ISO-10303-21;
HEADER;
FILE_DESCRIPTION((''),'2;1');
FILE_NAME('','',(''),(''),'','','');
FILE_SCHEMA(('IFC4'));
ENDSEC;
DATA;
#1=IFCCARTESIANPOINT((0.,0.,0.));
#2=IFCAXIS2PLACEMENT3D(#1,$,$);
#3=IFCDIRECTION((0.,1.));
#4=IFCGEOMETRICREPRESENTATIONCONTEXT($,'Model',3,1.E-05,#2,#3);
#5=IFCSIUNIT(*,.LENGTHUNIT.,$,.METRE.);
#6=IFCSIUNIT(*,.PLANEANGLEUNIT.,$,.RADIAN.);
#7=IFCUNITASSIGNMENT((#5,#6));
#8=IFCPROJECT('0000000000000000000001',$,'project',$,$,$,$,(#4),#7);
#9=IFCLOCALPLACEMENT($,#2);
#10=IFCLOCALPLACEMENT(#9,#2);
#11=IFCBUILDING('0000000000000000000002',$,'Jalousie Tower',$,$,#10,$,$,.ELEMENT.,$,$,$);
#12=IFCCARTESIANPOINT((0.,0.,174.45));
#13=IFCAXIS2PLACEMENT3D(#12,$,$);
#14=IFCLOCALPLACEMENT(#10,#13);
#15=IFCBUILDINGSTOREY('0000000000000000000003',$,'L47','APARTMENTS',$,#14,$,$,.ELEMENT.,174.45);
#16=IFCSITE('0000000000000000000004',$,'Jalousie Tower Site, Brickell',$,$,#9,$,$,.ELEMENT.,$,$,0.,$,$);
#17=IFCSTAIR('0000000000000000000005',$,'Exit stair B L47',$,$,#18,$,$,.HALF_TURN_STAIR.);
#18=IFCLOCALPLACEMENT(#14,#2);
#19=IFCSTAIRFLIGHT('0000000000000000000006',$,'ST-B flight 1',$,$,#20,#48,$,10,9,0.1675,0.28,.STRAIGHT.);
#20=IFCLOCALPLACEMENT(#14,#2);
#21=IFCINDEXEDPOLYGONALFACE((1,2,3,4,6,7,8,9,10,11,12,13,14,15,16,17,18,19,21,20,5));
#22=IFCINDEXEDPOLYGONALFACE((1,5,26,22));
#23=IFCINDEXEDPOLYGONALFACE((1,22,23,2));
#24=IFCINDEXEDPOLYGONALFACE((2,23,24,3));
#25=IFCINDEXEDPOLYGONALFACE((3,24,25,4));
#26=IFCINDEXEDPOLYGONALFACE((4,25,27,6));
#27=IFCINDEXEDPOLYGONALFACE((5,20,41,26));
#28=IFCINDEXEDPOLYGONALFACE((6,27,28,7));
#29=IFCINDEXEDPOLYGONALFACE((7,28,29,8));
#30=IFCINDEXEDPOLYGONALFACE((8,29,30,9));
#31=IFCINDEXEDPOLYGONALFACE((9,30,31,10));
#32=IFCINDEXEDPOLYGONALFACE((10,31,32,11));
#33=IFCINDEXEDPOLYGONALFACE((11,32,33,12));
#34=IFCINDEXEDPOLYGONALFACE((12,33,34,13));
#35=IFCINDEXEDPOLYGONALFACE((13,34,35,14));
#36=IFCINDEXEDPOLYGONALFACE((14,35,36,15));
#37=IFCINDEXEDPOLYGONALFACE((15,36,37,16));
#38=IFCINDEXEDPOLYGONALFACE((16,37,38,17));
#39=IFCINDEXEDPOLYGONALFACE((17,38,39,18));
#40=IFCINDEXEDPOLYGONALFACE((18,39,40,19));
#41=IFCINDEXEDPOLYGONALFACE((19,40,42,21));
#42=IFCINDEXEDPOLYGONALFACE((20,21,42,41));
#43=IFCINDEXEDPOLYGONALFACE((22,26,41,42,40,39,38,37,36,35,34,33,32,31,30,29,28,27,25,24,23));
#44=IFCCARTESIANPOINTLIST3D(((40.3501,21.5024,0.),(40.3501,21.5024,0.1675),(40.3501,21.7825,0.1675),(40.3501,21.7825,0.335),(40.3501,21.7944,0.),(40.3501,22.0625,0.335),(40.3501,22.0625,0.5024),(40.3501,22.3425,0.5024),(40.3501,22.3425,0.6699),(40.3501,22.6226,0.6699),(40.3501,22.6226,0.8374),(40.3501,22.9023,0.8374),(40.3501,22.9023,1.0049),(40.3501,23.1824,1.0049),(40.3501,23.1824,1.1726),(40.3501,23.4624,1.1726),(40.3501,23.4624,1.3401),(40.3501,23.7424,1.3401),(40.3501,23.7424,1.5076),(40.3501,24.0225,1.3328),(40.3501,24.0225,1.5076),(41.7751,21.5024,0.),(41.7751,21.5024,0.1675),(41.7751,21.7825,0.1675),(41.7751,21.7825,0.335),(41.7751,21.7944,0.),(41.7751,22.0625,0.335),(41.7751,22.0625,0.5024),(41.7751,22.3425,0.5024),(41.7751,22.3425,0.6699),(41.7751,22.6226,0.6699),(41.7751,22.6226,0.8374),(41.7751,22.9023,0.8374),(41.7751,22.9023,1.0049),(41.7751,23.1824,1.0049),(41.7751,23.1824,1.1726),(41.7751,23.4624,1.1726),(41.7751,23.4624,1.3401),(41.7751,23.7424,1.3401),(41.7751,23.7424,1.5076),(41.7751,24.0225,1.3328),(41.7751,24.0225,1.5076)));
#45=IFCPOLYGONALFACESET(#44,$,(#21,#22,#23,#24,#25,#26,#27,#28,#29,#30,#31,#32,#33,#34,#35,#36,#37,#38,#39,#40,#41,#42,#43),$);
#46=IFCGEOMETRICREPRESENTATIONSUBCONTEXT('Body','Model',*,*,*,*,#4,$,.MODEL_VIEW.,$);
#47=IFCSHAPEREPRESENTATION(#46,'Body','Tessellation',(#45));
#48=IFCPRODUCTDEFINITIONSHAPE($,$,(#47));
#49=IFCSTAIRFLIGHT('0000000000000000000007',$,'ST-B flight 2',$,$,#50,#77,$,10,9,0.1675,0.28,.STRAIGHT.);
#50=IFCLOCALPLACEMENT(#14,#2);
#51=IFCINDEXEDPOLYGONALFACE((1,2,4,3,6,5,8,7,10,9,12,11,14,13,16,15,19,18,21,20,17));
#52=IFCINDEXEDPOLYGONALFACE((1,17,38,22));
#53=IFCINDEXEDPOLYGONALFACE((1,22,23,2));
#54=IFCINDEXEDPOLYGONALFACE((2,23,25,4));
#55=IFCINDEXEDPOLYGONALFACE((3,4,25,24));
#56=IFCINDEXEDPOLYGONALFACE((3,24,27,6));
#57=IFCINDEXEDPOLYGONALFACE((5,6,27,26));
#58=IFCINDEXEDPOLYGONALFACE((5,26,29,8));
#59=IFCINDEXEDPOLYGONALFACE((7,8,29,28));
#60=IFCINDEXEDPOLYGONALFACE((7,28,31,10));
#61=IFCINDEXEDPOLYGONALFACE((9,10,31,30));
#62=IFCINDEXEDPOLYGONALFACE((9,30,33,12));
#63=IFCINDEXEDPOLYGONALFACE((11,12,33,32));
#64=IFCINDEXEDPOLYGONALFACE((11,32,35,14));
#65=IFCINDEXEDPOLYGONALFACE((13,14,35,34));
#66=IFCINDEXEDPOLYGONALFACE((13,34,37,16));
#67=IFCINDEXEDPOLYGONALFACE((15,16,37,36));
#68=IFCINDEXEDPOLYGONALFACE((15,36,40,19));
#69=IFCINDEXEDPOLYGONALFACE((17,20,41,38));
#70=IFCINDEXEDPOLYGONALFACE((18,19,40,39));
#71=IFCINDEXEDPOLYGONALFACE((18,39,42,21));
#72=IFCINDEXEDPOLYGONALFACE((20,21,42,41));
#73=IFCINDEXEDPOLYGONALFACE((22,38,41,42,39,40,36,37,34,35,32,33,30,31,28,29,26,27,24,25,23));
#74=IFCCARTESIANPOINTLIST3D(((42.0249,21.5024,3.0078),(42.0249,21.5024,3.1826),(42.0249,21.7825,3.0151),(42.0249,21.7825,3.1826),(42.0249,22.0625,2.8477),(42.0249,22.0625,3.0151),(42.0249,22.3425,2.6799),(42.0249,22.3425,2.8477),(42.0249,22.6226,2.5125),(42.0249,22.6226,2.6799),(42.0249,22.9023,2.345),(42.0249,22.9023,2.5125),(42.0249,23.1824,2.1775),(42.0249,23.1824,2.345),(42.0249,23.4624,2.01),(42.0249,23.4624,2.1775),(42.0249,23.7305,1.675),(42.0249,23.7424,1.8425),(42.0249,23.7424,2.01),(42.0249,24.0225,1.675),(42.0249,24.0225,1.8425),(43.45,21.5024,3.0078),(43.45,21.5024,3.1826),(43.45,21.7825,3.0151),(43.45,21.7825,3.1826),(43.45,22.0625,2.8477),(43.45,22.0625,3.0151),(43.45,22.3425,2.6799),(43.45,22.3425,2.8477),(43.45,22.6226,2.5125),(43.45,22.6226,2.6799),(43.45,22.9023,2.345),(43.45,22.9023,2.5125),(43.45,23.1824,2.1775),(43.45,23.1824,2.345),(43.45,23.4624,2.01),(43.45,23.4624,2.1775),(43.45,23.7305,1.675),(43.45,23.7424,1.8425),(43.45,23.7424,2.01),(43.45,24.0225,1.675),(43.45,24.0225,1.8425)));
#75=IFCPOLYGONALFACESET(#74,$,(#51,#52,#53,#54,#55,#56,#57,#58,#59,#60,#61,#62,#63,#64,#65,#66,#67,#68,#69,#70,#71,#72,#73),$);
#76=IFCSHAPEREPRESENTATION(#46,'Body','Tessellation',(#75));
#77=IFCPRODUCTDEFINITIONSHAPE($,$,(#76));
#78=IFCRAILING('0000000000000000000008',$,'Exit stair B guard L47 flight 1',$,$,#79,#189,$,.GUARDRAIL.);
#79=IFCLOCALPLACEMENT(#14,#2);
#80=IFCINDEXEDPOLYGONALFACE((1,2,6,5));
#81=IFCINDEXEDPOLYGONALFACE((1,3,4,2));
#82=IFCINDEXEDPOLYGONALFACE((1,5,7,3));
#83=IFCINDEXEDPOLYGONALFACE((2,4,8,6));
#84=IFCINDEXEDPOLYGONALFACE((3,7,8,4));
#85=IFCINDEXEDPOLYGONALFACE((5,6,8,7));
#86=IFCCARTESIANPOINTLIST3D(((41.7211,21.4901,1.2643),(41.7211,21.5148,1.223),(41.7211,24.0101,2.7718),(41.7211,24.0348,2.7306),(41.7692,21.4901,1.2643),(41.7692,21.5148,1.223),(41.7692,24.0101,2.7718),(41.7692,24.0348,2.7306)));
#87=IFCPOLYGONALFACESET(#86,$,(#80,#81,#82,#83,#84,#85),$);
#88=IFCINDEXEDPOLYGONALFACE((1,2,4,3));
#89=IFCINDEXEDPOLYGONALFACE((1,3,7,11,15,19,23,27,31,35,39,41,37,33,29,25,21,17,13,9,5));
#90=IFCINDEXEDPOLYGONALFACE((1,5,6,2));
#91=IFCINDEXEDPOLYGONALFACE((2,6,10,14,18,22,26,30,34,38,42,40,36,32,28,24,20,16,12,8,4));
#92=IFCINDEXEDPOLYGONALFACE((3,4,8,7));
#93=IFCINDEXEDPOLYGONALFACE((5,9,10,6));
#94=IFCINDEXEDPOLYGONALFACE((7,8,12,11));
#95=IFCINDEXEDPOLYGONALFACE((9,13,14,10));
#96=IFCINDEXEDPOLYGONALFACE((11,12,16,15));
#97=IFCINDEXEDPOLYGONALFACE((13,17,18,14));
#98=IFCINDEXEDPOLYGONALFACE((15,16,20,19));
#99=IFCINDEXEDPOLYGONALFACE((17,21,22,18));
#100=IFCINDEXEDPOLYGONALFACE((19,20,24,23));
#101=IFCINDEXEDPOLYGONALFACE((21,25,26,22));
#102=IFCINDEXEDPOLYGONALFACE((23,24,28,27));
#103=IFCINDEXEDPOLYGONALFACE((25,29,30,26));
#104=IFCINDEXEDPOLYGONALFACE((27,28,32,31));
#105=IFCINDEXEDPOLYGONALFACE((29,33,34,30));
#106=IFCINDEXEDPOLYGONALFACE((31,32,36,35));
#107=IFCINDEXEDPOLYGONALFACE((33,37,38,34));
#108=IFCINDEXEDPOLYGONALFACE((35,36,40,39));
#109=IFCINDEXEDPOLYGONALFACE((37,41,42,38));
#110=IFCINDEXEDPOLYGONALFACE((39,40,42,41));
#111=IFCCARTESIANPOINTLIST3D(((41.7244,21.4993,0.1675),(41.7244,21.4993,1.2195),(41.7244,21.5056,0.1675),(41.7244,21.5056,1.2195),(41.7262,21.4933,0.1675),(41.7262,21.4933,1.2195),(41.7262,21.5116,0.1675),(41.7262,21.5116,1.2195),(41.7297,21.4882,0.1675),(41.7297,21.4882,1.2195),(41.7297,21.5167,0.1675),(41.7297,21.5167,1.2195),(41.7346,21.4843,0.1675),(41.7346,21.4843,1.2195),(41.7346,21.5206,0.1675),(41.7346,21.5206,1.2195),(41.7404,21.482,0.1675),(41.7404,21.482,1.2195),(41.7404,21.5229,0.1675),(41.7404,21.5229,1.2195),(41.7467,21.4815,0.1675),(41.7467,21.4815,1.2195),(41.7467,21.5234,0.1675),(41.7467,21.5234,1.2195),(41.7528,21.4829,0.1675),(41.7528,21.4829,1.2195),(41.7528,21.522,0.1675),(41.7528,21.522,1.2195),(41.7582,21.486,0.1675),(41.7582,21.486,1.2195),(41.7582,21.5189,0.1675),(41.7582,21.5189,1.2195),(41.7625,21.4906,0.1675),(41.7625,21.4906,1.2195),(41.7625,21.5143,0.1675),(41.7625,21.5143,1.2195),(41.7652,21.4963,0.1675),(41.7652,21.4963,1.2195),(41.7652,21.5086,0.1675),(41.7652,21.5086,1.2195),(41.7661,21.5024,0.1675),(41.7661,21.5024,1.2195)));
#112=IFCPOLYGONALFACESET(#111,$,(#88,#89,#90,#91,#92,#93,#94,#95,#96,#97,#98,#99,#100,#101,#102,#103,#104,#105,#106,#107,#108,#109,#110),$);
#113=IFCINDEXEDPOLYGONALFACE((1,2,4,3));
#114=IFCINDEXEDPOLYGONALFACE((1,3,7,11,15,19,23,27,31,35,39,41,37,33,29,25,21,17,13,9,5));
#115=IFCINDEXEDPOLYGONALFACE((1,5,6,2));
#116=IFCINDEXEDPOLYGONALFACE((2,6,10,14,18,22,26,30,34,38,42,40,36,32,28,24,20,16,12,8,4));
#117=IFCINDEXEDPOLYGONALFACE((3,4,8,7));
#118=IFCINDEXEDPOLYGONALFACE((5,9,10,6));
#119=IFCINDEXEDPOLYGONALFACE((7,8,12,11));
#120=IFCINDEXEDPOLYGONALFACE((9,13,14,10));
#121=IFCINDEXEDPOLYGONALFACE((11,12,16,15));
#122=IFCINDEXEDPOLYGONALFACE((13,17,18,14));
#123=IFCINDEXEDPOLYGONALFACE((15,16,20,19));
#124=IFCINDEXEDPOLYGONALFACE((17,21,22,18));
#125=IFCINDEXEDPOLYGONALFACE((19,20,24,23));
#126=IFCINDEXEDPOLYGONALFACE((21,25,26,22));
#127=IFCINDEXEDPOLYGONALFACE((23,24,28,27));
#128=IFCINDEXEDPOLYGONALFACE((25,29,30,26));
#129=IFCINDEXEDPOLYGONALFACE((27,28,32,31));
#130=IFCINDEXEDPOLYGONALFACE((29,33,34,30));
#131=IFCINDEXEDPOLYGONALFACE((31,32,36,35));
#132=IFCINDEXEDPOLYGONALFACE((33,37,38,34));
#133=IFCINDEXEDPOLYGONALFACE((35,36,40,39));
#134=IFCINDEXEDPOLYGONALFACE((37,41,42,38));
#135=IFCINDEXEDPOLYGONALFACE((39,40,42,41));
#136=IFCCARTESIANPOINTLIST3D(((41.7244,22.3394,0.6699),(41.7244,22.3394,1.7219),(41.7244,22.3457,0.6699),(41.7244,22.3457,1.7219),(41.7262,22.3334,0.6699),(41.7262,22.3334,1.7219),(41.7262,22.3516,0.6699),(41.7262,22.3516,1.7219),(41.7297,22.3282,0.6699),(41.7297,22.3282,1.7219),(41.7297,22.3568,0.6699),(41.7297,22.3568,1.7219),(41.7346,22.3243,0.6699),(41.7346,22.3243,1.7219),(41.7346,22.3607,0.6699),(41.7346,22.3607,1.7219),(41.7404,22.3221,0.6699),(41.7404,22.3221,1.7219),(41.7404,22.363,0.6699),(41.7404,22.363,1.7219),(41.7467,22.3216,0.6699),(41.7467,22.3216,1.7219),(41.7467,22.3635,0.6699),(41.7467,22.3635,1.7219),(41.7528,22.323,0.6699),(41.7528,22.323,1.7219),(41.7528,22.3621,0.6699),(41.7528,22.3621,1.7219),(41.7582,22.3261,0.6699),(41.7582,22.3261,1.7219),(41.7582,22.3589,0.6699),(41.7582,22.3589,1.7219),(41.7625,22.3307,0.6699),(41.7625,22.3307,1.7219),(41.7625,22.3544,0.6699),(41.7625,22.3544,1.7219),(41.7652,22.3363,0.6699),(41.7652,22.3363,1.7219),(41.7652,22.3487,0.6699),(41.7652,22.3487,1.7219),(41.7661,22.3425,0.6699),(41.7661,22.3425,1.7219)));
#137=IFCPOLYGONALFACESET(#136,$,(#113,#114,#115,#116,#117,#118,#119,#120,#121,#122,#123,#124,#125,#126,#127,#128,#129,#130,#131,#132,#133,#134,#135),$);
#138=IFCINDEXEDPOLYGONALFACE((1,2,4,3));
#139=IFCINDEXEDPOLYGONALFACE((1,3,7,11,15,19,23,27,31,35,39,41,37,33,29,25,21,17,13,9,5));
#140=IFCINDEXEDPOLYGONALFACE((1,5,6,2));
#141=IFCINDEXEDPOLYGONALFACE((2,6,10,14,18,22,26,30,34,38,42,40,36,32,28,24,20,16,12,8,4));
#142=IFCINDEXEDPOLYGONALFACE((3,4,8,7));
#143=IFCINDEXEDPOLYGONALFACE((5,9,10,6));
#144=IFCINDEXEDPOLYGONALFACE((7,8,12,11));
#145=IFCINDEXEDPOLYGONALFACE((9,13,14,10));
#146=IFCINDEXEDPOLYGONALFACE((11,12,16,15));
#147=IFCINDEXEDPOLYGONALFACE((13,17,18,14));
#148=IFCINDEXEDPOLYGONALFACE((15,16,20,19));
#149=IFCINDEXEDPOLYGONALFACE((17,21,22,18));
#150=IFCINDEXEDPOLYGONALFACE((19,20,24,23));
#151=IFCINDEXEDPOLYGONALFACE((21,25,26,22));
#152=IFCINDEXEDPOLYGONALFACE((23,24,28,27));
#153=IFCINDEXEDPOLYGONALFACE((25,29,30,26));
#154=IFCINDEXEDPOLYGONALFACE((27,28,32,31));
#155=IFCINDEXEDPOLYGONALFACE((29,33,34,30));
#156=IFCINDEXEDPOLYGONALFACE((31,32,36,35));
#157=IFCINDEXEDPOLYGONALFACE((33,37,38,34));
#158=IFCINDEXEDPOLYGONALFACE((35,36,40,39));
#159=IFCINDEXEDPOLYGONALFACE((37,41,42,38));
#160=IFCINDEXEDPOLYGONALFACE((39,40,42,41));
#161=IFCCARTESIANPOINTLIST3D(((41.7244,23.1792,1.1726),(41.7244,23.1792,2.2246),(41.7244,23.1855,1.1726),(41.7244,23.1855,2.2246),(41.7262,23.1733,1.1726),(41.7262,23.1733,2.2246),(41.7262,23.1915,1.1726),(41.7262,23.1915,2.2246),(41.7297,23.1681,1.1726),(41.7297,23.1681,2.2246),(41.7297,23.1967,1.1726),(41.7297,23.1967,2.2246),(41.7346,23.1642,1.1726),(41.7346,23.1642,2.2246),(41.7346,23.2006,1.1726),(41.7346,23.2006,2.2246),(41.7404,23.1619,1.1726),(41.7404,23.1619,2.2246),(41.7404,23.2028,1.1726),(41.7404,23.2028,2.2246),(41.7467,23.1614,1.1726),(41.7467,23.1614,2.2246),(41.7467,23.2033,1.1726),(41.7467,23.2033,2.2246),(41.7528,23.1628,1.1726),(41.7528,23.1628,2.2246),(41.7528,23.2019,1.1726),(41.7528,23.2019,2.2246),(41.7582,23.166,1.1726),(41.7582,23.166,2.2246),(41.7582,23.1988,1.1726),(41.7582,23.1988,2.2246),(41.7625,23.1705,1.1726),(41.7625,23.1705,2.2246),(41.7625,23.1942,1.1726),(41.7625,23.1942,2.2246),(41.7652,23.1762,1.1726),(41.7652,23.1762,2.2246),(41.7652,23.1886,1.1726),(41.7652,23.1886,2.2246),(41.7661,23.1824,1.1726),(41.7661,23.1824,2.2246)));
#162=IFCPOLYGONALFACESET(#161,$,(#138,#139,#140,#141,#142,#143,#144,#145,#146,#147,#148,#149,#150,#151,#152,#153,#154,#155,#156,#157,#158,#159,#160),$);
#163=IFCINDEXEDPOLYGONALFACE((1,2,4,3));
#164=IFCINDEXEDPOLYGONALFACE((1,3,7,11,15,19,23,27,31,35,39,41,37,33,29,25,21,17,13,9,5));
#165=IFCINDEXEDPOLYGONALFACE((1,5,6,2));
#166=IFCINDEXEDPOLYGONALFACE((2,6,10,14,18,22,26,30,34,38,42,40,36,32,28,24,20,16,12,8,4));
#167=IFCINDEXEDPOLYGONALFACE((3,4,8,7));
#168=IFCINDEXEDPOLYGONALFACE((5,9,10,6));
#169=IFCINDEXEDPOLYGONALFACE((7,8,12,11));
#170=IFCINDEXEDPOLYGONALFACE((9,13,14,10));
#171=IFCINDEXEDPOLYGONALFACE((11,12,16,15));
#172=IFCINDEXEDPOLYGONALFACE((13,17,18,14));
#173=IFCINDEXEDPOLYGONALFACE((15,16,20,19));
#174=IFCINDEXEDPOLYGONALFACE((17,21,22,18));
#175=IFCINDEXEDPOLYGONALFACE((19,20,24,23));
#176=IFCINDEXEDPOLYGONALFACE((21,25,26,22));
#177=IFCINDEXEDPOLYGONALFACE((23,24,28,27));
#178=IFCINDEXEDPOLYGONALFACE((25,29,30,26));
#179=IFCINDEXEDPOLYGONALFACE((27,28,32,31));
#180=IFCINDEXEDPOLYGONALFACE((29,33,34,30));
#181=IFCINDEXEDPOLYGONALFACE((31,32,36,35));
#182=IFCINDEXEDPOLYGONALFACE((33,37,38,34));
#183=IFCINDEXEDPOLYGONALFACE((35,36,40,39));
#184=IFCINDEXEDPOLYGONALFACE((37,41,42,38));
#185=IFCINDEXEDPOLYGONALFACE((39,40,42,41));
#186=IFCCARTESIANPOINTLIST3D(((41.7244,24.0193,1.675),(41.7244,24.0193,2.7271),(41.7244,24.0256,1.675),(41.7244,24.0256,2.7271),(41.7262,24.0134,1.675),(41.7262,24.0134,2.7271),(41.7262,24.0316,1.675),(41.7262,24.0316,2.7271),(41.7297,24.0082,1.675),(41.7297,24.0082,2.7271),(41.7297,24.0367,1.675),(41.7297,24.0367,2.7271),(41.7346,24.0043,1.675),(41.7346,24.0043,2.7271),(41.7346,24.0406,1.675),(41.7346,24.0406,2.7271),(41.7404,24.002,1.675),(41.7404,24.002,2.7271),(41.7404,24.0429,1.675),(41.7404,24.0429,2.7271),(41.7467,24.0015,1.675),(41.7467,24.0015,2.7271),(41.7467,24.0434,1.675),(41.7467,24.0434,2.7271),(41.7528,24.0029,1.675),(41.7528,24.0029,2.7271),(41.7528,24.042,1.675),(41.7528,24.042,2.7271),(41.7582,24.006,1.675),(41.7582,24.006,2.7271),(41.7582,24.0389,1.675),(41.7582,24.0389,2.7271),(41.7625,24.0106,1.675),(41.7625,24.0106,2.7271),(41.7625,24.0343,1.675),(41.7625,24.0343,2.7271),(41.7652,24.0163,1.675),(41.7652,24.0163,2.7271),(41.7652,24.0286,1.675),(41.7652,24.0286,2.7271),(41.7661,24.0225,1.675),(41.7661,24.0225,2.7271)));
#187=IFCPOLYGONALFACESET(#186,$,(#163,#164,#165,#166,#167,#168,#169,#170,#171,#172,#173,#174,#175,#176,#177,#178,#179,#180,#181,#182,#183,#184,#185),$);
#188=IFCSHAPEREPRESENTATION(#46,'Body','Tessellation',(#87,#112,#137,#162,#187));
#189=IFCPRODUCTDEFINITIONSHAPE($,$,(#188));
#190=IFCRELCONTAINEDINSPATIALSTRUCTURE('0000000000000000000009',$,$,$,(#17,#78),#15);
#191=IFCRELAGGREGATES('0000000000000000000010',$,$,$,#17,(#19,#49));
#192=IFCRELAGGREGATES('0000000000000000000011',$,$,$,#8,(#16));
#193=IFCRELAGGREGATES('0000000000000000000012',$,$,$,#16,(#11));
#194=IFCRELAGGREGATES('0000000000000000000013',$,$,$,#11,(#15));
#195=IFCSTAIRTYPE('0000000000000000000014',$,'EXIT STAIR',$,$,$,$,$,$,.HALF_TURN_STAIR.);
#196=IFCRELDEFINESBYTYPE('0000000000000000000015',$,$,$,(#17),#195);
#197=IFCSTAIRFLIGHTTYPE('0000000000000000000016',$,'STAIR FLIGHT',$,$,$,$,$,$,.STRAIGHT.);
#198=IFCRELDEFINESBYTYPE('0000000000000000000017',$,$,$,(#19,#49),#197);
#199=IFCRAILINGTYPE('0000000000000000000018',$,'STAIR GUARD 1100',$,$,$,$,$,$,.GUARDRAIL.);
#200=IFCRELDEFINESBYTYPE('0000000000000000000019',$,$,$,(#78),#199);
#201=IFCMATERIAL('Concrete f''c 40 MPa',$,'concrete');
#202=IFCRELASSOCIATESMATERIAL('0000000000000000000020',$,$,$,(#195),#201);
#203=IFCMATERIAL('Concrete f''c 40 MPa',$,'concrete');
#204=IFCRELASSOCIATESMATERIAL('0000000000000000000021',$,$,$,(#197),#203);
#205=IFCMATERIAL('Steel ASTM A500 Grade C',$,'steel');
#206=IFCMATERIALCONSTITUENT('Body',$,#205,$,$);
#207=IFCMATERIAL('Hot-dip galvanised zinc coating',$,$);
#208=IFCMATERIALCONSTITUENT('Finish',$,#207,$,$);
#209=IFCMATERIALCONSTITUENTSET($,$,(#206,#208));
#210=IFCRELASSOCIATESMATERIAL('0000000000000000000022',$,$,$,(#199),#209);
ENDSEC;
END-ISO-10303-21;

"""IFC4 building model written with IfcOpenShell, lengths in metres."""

from ifc_helpers import new_model, si_unit, direction, frame, origin, origin_2d, place, context, subcontext, project, spatial, polyline, rectangle, circle, outline, extrude, material, constituent, constituent_set, type_object, element, aggregate, save


model = new_model("IFC4")

# Units and contexts
model_context = context("Model", 3, precision=1e-05, world=origin(), true_north=direction((0.0, 1.0)))
body_context = subcontext(model_context, "Body", "Model", "MODEL_VIEW")
ifc_project = project(units=[si_unit("LENGTHUNIT", "METRE"), si_unit("PLANEANGLEUNIT", "RADIAN")], contexts=[model_context])

# Site, building, storey
site_placement = place(None, origin())
site = spatial("IfcSite", under=ifc_project, at=site_placement, Name="Jalousie Tower Site, Brickell", CompositionType="ELEMENT", RefElevation=0.0)
building_placement = place(site_placement, origin())
building = spatial("IfcBuilding", under=site, at=building_placement, Name="Jalousie Tower", CompositionType="ELEMENT")
storey_placement = place(building_placement, frame((0.0, 0.0, 174.45)))
storey = spatial("IfcBuildingStorey", under=building, at=storey_placement, Name="L47", Description="APARTMENTS", CompositionType="ELEMENT", Elevation=174.45)

# Stair, stair flights
ifc_material_1 = material(Name="Concrete f'c 40 MPa", Category="concrete")
stair_type = type_object("IfcStairType", Name="EXIT STAIR", PredefinedType="HALF_TURN_STAIR", material=ifc_material_1)
stair_placement = place(storey_placement, origin())
stair = element("IfcStair", 1, at=stair_placement, inside=storey, type_object=stair_type, Name="Exit stair B L47", PredefinedType="HALF_TURN_STAIR")
ifc_material_2 = material(Name="Concrete f'c 40 MPa", Category="concrete")
stair_flight_type = type_object("IfcStairFlightType", Name="STAIR FLIGHT", PredefinedType="STRAIGHT", material=ifc_material_2)
stair_flight_1_placement = place(storey_placement, frame((41.0625, 21.5024, 0.0), z_axis=(0.0, 0.0, 1.0), x_axis=(0.0, 1.0, 0.0)))
stair_flight_1 = element("IfcStairFlight", 2, at=stair_flight_1_placement, type_object=stair_flight_type, Name="ST-B flight 1", NumberOfRisers=10, NumberOfTreads=9, PredefinedType="STRAIGHT", RiserHeight=0.1675, TreadLength=0.28, context=body_context, shape_type="SweptSolid", body=[
    extrude(outline(polyline([(0.0, 0.0), (0.0, 0.1675), (0.28, 0.1675), (0.28, 0.335), (0.5601, 0.335), (0.5601, 0.5024), (0.8401, 0.5024), (0.8401, 0.6699), (1.1201, 0.6699), (1.1201, 0.8374), (1.3999, 0.8374), (1.3999, 1.0049), (1.6799, 1.0049), (1.6799, 1.1726), (1.96, 1.1726), (1.96, 1.3401), (2.24, 1.3401), (2.24, 1.5076), (2.52, 1.5076), (2.52, 1.675), (2.52, 1.3328), (0.292, 0.0), (0.0, 0.0)])), frame((0.0, 0.7124, 0.0), z_axis=(0.0, -1.0, 0.0), x_axis=(1.0, 0.0, 0.0)), (0.0, 0.0, 1.0), 1.425),
])
stair_flight_2_placement = place(storey_placement, frame((42.7375, 24.0225, 1.675), z_axis=(0.0, 0.0, 1.0), x_axis=(0.0, -1.0, 0.0)))
stair_flight_2 = element("IfcStairFlight", 3, at=stair_flight_2_placement, type_object=stair_flight_type, Name="ST-B flight 2", NumberOfRisers=10, NumberOfTreads=9, PredefinedType="STRAIGHT", RiserHeight=0.1675, TreadLength=0.28, context=body_context, shape_type="SweptSolid", body=[
    extrude(outline(polyline([(0.0, 0.0), (0.0, 0.1675), (0.28, 0.1675), (0.28, 0.335), (0.5601, 0.335), (0.5601, 0.5024), (0.8401, 0.5024), (0.8401, 0.6699), (1.1201, 0.6699), (1.1201, 0.8374), (1.3999, 0.8374), (1.3999, 1.0049), (1.6799, 1.0049), (1.6799, 1.1726), (1.96, 1.1726), (1.96, 1.3401), (2.24, 1.3401), (2.24, 1.5076), (2.52, 1.5076), (2.52, 1.675), (2.52, 1.3328), (0.292, 0.0), (0.0, 0.0)])), frame((0.0, 0.7124, 0.0), z_axis=(0.0, -1.0, 0.0), x_axis=(1.0, 0.0, 0.0)), (0.0, 0.0, 1.0), 1.425),
])
aggregate(stair, [stair_flight_1, stair_flight_2])

# Railing
ifc_material_3 = material(Name="Steel ASTM A500 Grade C", Category="steel")
ifc_constituent_1 = constituent(ifc_material_3, Name="Body")
ifc_material_4 = material(Name="Hot-dip galvanised zinc coating")
ifc_constituent_2 = constituent(ifc_material_4, Name="Finish")
ifc_constituent_set_1 = constituent_set(constituents=[ifc_constituent_1, ifc_constituent_2])
railing_type_1 = type_object("IfcRailingType", Name="STAIR GUARD 1100", PredefinedType="GUARDRAIL", material=ifc_constituent_set_1)
railing_1_placement = place(storey_placement, frame((41.7451, 21.5024, 0.1675)))
element("IfcRailing", 4, at=railing_1_placement, inside=storey, type_object=railing_type_1, Name="Exit stair B guard L47 flight 1", PredefinedType="GUARDRAIL", context=body_context, shape_type="SweptSolid", body=[
    extrude(rectangle(XDim=0.0481, YDim=0.0481, at=origin_2d()), frame((0.0, 0.0, 1.0762), z_axis=(0.0, 0.85816, 0.513383), x_axis=(-1.0, 0.0, 0.0)), (0.0, 0.0, 1.0), 2.9365),
    extrude(circle(Radius=0.021, at=origin_2d()), origin(), (0.0, 0.0, 1.0), 1.052),
    extrude(circle(Radius=0.021, at=origin_2d()), frame((0.0, 0.8401, 0.5024)), (0.0, 0.0, 1.0), 1.052),
    extrude(circle(Radius=0.021, at=origin_2d()), frame((0.0, 1.6799, 1.0051)), (0.0, 0.0, 1.0), 1.052),
    extrude(circle(Radius=0.021, at=origin_2d()), frame((0.0, 2.52, 1.5076)), (0.0, 0.0, 1.0), 1.052),
])

save(model, "model.ifc")
